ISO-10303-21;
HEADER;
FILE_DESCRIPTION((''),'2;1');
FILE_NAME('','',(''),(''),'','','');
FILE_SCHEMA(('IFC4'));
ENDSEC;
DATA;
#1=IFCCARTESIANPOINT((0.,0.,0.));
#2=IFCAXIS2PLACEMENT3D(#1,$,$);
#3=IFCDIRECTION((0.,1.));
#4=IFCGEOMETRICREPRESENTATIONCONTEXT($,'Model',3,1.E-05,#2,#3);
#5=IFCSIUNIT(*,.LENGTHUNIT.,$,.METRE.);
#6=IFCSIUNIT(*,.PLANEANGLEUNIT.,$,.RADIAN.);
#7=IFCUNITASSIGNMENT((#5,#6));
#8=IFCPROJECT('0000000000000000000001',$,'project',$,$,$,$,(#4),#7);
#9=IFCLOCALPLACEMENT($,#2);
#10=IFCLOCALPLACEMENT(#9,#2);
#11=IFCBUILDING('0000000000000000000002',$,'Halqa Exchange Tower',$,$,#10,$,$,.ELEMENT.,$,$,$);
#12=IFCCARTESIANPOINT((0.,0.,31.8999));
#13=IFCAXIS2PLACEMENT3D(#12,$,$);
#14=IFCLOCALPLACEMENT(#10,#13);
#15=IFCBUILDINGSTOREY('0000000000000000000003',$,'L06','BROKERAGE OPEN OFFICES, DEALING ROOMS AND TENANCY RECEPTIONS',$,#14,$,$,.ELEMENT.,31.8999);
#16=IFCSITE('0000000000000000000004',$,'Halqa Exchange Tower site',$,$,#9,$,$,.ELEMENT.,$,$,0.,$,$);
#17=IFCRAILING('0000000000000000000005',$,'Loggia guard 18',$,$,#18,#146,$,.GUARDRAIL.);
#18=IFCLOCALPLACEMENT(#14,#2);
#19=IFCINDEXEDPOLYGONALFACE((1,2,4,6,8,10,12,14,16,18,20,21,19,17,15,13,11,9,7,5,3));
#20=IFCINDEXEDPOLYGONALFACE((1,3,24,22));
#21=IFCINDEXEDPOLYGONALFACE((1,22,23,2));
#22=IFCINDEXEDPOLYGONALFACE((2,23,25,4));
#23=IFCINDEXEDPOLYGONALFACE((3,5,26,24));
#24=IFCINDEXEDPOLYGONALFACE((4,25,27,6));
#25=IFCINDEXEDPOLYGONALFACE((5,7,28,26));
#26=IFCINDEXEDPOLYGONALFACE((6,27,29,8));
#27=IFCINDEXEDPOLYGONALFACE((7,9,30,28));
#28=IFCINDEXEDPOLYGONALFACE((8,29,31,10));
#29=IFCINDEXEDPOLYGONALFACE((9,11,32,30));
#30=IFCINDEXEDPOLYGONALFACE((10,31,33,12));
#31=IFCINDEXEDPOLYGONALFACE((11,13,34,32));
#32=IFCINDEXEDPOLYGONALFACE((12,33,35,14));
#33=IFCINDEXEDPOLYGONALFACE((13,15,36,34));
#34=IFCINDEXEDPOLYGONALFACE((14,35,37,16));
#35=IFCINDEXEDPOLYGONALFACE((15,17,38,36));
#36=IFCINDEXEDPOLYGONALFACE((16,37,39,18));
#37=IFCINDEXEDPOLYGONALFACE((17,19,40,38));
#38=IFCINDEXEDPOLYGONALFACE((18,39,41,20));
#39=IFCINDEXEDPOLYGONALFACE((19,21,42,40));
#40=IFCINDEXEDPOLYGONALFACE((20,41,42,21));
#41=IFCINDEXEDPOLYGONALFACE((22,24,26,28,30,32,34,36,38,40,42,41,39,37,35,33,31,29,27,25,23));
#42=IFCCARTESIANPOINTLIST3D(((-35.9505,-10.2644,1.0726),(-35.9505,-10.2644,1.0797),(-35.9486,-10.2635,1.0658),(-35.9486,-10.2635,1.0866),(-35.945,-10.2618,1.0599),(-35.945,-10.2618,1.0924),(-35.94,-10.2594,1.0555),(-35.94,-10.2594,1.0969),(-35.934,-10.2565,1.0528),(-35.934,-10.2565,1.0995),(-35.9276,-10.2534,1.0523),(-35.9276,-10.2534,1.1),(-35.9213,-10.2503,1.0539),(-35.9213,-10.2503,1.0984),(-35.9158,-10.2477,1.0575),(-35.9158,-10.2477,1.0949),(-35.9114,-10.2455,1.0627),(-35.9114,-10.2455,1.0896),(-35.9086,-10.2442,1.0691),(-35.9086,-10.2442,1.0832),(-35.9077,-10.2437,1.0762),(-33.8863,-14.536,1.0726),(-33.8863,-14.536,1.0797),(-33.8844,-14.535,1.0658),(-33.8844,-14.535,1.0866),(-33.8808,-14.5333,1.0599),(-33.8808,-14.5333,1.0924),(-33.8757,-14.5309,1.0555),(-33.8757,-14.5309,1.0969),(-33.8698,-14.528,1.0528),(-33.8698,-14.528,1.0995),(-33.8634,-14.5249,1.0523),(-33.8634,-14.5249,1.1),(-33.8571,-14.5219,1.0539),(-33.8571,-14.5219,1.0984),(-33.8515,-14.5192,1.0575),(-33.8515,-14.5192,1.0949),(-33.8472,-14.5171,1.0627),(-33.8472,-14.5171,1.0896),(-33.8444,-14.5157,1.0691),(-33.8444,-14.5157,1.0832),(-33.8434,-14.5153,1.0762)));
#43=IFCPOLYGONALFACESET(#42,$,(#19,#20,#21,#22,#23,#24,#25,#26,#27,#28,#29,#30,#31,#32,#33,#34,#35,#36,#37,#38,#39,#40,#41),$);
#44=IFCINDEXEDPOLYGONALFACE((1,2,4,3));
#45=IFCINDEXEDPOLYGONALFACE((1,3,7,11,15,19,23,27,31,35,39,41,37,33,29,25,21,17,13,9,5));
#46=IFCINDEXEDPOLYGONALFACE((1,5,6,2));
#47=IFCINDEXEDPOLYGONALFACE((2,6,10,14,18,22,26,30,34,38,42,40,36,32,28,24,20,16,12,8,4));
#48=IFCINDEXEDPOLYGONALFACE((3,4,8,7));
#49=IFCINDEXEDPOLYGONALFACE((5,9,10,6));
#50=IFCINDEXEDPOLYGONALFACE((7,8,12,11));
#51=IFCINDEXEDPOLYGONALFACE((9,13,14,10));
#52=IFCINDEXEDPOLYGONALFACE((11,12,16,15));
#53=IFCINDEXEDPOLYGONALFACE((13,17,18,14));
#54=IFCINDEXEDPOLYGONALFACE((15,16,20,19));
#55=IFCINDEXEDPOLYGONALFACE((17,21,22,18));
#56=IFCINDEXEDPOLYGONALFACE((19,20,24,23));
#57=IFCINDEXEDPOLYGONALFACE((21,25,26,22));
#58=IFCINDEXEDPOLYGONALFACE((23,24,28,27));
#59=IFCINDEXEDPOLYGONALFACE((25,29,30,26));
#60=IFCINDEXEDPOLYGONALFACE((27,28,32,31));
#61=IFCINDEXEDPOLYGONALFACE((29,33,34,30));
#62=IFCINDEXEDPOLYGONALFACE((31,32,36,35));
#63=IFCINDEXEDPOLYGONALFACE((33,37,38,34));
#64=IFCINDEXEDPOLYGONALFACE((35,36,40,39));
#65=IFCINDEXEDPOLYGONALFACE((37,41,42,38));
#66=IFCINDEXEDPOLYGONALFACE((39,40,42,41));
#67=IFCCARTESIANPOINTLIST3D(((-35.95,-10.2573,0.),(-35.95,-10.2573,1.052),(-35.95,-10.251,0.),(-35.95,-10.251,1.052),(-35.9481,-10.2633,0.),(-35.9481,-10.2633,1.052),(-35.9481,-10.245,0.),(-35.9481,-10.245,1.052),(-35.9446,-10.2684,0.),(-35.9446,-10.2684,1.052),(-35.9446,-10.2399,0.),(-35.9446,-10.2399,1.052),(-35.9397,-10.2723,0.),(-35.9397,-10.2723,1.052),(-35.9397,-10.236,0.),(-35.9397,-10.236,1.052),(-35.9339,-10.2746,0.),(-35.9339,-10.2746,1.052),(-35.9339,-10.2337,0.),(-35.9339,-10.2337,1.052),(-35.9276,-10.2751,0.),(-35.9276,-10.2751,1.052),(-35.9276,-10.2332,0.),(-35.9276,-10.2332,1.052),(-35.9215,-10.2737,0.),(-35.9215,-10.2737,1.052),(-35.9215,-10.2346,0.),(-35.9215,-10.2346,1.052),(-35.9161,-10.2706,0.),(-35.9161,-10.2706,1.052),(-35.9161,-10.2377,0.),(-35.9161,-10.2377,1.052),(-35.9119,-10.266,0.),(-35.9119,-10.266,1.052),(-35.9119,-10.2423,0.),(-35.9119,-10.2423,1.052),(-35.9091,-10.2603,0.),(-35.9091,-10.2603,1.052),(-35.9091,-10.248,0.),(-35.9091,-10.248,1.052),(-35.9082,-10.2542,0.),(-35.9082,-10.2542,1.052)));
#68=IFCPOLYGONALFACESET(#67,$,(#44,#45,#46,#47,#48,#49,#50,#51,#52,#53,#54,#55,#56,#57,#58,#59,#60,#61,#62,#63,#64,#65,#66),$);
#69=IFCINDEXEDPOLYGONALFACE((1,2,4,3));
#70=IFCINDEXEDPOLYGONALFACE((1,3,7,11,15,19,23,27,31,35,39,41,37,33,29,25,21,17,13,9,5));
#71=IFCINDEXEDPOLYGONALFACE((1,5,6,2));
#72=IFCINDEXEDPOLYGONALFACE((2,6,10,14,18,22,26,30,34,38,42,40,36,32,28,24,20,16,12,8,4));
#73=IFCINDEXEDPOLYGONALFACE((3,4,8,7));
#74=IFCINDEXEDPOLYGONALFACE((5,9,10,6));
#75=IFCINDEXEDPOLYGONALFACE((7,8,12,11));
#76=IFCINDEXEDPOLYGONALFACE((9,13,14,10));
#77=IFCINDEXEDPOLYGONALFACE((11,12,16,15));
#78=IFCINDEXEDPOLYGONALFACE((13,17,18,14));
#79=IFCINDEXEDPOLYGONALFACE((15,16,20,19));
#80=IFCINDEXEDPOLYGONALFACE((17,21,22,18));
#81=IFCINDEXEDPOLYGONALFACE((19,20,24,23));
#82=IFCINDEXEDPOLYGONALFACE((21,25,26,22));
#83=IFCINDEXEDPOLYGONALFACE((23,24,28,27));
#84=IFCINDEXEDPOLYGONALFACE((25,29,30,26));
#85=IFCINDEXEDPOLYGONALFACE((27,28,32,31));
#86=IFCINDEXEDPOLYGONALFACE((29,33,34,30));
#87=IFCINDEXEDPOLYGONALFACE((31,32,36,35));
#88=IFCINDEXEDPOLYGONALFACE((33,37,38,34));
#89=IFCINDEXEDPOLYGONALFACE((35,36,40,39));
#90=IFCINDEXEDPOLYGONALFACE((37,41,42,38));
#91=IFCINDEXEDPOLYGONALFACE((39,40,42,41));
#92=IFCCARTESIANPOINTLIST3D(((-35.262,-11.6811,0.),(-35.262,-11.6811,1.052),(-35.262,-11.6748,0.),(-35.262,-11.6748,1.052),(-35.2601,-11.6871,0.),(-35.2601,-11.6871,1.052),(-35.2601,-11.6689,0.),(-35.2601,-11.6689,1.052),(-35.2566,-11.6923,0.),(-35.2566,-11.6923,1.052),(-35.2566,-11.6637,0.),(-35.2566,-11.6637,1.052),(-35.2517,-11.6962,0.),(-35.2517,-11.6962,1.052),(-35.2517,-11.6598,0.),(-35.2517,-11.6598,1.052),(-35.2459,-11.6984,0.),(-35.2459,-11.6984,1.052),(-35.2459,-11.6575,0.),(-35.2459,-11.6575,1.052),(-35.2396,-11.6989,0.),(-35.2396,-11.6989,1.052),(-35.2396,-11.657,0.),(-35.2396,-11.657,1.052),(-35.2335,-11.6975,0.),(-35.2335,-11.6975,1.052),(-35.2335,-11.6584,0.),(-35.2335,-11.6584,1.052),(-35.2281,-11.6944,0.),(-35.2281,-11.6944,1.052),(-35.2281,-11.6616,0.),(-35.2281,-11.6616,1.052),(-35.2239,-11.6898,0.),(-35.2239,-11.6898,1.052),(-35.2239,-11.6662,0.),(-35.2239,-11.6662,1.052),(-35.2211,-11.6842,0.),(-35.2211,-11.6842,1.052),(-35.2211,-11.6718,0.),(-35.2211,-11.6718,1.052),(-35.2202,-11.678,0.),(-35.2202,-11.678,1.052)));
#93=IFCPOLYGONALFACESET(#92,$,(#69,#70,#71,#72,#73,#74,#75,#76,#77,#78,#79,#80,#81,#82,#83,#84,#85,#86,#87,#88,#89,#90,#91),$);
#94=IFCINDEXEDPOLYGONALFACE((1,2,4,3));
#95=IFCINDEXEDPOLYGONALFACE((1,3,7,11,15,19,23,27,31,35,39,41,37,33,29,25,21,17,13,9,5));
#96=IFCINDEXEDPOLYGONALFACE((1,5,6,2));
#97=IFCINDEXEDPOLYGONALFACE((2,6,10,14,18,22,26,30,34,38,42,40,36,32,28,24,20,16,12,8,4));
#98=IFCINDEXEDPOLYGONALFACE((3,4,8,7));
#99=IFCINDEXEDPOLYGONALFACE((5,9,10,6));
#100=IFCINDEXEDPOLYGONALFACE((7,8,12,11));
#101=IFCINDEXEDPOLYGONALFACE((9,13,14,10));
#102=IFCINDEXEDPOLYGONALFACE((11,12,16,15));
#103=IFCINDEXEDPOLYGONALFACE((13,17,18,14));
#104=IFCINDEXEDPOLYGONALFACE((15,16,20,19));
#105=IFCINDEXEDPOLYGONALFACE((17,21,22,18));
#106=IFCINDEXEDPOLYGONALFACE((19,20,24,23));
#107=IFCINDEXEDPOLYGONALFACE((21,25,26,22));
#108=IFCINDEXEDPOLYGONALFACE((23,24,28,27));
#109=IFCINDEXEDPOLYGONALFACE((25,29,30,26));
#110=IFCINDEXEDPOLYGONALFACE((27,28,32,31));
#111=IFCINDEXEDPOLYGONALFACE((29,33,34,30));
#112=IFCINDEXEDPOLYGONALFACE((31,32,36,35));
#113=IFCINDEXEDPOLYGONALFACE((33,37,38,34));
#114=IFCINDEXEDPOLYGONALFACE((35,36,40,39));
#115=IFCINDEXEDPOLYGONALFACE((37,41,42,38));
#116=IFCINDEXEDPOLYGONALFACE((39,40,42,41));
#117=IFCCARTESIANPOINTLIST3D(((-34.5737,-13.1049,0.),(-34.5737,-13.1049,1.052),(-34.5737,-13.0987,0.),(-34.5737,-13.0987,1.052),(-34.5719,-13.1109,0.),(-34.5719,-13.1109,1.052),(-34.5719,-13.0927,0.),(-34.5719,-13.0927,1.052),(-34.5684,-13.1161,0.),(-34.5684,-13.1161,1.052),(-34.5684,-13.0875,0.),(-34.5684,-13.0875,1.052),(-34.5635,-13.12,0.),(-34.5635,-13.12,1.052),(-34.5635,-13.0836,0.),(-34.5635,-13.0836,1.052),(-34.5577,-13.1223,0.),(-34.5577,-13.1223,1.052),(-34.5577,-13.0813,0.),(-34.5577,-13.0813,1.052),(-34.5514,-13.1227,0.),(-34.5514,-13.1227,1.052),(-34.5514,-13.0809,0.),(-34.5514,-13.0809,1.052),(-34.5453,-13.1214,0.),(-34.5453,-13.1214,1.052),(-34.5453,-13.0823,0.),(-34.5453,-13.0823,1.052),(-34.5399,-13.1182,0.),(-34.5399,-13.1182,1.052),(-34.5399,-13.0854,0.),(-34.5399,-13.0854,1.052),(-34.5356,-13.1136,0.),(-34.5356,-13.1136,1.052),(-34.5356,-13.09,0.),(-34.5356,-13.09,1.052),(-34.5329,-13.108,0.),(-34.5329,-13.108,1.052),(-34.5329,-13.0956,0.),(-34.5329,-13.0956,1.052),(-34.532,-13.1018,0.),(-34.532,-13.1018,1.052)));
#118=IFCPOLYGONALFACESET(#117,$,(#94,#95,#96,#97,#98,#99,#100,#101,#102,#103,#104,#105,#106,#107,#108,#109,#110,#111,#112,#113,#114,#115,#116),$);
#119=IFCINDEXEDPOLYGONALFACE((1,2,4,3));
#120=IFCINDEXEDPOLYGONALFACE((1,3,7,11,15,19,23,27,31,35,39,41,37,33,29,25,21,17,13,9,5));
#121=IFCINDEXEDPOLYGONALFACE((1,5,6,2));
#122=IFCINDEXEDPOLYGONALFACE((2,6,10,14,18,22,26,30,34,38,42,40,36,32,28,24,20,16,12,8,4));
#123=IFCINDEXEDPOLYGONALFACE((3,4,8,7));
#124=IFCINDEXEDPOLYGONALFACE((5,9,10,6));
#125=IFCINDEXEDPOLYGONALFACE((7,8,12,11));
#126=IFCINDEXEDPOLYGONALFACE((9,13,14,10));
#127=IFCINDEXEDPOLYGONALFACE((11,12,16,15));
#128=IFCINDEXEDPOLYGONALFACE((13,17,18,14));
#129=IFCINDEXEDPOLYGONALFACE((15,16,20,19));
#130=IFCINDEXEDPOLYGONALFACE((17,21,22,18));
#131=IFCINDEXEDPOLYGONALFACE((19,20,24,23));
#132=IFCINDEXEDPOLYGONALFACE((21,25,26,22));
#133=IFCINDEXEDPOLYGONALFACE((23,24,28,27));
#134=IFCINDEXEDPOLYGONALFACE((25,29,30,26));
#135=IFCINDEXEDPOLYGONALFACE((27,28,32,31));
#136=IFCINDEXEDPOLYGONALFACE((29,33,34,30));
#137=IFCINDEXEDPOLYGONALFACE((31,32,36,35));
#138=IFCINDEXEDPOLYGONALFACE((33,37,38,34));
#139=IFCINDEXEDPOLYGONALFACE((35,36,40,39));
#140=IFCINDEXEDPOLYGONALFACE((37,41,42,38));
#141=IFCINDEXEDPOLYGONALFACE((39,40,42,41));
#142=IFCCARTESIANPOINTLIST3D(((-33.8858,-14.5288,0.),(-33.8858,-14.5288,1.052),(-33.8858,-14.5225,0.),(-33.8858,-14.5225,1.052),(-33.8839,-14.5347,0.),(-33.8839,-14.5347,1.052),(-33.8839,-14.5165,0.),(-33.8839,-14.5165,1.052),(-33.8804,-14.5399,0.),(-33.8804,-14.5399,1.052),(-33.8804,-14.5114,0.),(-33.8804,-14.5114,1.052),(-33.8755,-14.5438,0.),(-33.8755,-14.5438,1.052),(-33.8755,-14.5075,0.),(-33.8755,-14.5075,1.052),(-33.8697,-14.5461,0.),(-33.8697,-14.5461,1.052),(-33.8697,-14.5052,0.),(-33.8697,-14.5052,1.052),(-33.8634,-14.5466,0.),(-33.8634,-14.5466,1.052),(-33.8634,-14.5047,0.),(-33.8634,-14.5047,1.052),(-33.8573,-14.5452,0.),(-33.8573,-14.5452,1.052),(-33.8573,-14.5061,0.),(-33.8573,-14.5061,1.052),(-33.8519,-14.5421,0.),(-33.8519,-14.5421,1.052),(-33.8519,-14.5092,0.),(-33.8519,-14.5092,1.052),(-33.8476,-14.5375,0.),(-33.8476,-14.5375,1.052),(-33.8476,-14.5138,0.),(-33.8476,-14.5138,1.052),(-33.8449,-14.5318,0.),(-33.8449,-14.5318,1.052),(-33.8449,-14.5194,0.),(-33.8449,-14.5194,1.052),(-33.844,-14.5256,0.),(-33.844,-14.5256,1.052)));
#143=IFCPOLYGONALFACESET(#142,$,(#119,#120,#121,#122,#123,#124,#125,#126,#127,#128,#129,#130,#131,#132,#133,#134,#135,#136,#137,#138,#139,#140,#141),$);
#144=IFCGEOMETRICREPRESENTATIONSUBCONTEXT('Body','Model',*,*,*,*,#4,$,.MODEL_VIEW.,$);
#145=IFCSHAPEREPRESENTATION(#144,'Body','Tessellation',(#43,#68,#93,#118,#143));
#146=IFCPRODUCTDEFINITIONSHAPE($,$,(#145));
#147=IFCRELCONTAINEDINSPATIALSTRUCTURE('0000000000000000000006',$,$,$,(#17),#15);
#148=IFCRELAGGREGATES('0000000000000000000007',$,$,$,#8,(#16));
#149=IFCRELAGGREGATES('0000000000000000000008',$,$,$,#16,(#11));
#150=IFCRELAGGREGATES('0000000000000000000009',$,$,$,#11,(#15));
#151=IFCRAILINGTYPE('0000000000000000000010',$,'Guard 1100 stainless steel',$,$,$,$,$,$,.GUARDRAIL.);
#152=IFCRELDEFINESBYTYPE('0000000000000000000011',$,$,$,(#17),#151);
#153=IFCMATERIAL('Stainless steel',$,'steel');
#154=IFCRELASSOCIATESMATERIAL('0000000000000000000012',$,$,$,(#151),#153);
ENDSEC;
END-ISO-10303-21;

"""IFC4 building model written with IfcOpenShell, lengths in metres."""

from ifc_helpers import new_model, si_unit, direction, frame, origin, origin_2d, place, context, subcontext, project, spatial, circle, extrude, material, type_object, element, save


model = new_model("IFC4")

# Units and contexts
model_context = context("Model", 3, precision=1e-05, world=origin(), true_north=direction((0.0, 1.0)))
body_context = subcontext(model_context, "Body", "Model", "MODEL_VIEW")
ifc_project = project(units=[si_unit("LENGTHUNIT", "METRE"), si_unit("PLANEANGLEUNIT", "RADIAN")], contexts=[model_context])

# Site, building, storey
site_placement = place(None, origin())
site = spatial("IfcSite", under=ifc_project, at=site_placement, Name="Halqa Exchange Tower site", CompositionType="ELEMENT", RefElevation=0.0)
building_placement = place(site_placement, origin())
building = spatial("IfcBuilding", under=site, at=building_placement, Name="Halqa Exchange Tower", CompositionType="ELEMENT")
storey_placement = place(building_placement, frame((0.0, 0.0, 31.8999)))
storey = spatial("IfcBuildingStorey", under=building, at=storey_placement, Name="L06", Description="BROKERAGE OPEN OFFICES, DEALING ROOMS AND TENANCY RECEPTIONS", CompositionType="ELEMENT", Elevation=31.8999)

# Railing
ifc_material_1 = material(Name="Stainless steel", Category="steel")
railing_type = type_object("IfcRailingType", Name="Guard 1100 stainless steel", PredefinedType="GUARDRAIL", material=ifc_material_1)
railing_1_placement = place(storey_placement, frame((-35.9292, -10.2542, 0.0)))
element("IfcRailing", 1, at=railing_1_placement, inside=storey, type_object=railing_type, Name="Loggia guard 18", PredefinedType="GUARDRAIL", context=body_context, shape_type="SweptSolid", body=[
    extrude(circle(Radius=0.0239, at=origin_2d()), frame((0.0, 0.0, 1.0762), z_axis=(0.43511, -0.900377, 0.0), x_axis=(0.900377, 0.43511, 0.0)), (0.0, 0.0, 1.0), 4.7441),
    extrude(circle(Radius=0.021, at=origin_2d()), origin(), (0.0, 0.0, 1.0), 1.052),
    extrude(circle(Radius=0.021, at=origin_2d()), frame((0.688, -1.4238, 0.0)), (0.0, 0.0, 1.0), 1.052),
    extrude(circle(Radius=0.021, at=origin_2d()), frame((1.3762, -2.8477, 0.0)), (0.0, 0.0, 1.0), 1.052),
    extrude(circle(Radius=0.021, at=origin_2d()), frame((2.0642, -4.2715, 0.0)), (0.0, 0.0, 1.0), 1.052),
])

save(model, "model.ifc")
